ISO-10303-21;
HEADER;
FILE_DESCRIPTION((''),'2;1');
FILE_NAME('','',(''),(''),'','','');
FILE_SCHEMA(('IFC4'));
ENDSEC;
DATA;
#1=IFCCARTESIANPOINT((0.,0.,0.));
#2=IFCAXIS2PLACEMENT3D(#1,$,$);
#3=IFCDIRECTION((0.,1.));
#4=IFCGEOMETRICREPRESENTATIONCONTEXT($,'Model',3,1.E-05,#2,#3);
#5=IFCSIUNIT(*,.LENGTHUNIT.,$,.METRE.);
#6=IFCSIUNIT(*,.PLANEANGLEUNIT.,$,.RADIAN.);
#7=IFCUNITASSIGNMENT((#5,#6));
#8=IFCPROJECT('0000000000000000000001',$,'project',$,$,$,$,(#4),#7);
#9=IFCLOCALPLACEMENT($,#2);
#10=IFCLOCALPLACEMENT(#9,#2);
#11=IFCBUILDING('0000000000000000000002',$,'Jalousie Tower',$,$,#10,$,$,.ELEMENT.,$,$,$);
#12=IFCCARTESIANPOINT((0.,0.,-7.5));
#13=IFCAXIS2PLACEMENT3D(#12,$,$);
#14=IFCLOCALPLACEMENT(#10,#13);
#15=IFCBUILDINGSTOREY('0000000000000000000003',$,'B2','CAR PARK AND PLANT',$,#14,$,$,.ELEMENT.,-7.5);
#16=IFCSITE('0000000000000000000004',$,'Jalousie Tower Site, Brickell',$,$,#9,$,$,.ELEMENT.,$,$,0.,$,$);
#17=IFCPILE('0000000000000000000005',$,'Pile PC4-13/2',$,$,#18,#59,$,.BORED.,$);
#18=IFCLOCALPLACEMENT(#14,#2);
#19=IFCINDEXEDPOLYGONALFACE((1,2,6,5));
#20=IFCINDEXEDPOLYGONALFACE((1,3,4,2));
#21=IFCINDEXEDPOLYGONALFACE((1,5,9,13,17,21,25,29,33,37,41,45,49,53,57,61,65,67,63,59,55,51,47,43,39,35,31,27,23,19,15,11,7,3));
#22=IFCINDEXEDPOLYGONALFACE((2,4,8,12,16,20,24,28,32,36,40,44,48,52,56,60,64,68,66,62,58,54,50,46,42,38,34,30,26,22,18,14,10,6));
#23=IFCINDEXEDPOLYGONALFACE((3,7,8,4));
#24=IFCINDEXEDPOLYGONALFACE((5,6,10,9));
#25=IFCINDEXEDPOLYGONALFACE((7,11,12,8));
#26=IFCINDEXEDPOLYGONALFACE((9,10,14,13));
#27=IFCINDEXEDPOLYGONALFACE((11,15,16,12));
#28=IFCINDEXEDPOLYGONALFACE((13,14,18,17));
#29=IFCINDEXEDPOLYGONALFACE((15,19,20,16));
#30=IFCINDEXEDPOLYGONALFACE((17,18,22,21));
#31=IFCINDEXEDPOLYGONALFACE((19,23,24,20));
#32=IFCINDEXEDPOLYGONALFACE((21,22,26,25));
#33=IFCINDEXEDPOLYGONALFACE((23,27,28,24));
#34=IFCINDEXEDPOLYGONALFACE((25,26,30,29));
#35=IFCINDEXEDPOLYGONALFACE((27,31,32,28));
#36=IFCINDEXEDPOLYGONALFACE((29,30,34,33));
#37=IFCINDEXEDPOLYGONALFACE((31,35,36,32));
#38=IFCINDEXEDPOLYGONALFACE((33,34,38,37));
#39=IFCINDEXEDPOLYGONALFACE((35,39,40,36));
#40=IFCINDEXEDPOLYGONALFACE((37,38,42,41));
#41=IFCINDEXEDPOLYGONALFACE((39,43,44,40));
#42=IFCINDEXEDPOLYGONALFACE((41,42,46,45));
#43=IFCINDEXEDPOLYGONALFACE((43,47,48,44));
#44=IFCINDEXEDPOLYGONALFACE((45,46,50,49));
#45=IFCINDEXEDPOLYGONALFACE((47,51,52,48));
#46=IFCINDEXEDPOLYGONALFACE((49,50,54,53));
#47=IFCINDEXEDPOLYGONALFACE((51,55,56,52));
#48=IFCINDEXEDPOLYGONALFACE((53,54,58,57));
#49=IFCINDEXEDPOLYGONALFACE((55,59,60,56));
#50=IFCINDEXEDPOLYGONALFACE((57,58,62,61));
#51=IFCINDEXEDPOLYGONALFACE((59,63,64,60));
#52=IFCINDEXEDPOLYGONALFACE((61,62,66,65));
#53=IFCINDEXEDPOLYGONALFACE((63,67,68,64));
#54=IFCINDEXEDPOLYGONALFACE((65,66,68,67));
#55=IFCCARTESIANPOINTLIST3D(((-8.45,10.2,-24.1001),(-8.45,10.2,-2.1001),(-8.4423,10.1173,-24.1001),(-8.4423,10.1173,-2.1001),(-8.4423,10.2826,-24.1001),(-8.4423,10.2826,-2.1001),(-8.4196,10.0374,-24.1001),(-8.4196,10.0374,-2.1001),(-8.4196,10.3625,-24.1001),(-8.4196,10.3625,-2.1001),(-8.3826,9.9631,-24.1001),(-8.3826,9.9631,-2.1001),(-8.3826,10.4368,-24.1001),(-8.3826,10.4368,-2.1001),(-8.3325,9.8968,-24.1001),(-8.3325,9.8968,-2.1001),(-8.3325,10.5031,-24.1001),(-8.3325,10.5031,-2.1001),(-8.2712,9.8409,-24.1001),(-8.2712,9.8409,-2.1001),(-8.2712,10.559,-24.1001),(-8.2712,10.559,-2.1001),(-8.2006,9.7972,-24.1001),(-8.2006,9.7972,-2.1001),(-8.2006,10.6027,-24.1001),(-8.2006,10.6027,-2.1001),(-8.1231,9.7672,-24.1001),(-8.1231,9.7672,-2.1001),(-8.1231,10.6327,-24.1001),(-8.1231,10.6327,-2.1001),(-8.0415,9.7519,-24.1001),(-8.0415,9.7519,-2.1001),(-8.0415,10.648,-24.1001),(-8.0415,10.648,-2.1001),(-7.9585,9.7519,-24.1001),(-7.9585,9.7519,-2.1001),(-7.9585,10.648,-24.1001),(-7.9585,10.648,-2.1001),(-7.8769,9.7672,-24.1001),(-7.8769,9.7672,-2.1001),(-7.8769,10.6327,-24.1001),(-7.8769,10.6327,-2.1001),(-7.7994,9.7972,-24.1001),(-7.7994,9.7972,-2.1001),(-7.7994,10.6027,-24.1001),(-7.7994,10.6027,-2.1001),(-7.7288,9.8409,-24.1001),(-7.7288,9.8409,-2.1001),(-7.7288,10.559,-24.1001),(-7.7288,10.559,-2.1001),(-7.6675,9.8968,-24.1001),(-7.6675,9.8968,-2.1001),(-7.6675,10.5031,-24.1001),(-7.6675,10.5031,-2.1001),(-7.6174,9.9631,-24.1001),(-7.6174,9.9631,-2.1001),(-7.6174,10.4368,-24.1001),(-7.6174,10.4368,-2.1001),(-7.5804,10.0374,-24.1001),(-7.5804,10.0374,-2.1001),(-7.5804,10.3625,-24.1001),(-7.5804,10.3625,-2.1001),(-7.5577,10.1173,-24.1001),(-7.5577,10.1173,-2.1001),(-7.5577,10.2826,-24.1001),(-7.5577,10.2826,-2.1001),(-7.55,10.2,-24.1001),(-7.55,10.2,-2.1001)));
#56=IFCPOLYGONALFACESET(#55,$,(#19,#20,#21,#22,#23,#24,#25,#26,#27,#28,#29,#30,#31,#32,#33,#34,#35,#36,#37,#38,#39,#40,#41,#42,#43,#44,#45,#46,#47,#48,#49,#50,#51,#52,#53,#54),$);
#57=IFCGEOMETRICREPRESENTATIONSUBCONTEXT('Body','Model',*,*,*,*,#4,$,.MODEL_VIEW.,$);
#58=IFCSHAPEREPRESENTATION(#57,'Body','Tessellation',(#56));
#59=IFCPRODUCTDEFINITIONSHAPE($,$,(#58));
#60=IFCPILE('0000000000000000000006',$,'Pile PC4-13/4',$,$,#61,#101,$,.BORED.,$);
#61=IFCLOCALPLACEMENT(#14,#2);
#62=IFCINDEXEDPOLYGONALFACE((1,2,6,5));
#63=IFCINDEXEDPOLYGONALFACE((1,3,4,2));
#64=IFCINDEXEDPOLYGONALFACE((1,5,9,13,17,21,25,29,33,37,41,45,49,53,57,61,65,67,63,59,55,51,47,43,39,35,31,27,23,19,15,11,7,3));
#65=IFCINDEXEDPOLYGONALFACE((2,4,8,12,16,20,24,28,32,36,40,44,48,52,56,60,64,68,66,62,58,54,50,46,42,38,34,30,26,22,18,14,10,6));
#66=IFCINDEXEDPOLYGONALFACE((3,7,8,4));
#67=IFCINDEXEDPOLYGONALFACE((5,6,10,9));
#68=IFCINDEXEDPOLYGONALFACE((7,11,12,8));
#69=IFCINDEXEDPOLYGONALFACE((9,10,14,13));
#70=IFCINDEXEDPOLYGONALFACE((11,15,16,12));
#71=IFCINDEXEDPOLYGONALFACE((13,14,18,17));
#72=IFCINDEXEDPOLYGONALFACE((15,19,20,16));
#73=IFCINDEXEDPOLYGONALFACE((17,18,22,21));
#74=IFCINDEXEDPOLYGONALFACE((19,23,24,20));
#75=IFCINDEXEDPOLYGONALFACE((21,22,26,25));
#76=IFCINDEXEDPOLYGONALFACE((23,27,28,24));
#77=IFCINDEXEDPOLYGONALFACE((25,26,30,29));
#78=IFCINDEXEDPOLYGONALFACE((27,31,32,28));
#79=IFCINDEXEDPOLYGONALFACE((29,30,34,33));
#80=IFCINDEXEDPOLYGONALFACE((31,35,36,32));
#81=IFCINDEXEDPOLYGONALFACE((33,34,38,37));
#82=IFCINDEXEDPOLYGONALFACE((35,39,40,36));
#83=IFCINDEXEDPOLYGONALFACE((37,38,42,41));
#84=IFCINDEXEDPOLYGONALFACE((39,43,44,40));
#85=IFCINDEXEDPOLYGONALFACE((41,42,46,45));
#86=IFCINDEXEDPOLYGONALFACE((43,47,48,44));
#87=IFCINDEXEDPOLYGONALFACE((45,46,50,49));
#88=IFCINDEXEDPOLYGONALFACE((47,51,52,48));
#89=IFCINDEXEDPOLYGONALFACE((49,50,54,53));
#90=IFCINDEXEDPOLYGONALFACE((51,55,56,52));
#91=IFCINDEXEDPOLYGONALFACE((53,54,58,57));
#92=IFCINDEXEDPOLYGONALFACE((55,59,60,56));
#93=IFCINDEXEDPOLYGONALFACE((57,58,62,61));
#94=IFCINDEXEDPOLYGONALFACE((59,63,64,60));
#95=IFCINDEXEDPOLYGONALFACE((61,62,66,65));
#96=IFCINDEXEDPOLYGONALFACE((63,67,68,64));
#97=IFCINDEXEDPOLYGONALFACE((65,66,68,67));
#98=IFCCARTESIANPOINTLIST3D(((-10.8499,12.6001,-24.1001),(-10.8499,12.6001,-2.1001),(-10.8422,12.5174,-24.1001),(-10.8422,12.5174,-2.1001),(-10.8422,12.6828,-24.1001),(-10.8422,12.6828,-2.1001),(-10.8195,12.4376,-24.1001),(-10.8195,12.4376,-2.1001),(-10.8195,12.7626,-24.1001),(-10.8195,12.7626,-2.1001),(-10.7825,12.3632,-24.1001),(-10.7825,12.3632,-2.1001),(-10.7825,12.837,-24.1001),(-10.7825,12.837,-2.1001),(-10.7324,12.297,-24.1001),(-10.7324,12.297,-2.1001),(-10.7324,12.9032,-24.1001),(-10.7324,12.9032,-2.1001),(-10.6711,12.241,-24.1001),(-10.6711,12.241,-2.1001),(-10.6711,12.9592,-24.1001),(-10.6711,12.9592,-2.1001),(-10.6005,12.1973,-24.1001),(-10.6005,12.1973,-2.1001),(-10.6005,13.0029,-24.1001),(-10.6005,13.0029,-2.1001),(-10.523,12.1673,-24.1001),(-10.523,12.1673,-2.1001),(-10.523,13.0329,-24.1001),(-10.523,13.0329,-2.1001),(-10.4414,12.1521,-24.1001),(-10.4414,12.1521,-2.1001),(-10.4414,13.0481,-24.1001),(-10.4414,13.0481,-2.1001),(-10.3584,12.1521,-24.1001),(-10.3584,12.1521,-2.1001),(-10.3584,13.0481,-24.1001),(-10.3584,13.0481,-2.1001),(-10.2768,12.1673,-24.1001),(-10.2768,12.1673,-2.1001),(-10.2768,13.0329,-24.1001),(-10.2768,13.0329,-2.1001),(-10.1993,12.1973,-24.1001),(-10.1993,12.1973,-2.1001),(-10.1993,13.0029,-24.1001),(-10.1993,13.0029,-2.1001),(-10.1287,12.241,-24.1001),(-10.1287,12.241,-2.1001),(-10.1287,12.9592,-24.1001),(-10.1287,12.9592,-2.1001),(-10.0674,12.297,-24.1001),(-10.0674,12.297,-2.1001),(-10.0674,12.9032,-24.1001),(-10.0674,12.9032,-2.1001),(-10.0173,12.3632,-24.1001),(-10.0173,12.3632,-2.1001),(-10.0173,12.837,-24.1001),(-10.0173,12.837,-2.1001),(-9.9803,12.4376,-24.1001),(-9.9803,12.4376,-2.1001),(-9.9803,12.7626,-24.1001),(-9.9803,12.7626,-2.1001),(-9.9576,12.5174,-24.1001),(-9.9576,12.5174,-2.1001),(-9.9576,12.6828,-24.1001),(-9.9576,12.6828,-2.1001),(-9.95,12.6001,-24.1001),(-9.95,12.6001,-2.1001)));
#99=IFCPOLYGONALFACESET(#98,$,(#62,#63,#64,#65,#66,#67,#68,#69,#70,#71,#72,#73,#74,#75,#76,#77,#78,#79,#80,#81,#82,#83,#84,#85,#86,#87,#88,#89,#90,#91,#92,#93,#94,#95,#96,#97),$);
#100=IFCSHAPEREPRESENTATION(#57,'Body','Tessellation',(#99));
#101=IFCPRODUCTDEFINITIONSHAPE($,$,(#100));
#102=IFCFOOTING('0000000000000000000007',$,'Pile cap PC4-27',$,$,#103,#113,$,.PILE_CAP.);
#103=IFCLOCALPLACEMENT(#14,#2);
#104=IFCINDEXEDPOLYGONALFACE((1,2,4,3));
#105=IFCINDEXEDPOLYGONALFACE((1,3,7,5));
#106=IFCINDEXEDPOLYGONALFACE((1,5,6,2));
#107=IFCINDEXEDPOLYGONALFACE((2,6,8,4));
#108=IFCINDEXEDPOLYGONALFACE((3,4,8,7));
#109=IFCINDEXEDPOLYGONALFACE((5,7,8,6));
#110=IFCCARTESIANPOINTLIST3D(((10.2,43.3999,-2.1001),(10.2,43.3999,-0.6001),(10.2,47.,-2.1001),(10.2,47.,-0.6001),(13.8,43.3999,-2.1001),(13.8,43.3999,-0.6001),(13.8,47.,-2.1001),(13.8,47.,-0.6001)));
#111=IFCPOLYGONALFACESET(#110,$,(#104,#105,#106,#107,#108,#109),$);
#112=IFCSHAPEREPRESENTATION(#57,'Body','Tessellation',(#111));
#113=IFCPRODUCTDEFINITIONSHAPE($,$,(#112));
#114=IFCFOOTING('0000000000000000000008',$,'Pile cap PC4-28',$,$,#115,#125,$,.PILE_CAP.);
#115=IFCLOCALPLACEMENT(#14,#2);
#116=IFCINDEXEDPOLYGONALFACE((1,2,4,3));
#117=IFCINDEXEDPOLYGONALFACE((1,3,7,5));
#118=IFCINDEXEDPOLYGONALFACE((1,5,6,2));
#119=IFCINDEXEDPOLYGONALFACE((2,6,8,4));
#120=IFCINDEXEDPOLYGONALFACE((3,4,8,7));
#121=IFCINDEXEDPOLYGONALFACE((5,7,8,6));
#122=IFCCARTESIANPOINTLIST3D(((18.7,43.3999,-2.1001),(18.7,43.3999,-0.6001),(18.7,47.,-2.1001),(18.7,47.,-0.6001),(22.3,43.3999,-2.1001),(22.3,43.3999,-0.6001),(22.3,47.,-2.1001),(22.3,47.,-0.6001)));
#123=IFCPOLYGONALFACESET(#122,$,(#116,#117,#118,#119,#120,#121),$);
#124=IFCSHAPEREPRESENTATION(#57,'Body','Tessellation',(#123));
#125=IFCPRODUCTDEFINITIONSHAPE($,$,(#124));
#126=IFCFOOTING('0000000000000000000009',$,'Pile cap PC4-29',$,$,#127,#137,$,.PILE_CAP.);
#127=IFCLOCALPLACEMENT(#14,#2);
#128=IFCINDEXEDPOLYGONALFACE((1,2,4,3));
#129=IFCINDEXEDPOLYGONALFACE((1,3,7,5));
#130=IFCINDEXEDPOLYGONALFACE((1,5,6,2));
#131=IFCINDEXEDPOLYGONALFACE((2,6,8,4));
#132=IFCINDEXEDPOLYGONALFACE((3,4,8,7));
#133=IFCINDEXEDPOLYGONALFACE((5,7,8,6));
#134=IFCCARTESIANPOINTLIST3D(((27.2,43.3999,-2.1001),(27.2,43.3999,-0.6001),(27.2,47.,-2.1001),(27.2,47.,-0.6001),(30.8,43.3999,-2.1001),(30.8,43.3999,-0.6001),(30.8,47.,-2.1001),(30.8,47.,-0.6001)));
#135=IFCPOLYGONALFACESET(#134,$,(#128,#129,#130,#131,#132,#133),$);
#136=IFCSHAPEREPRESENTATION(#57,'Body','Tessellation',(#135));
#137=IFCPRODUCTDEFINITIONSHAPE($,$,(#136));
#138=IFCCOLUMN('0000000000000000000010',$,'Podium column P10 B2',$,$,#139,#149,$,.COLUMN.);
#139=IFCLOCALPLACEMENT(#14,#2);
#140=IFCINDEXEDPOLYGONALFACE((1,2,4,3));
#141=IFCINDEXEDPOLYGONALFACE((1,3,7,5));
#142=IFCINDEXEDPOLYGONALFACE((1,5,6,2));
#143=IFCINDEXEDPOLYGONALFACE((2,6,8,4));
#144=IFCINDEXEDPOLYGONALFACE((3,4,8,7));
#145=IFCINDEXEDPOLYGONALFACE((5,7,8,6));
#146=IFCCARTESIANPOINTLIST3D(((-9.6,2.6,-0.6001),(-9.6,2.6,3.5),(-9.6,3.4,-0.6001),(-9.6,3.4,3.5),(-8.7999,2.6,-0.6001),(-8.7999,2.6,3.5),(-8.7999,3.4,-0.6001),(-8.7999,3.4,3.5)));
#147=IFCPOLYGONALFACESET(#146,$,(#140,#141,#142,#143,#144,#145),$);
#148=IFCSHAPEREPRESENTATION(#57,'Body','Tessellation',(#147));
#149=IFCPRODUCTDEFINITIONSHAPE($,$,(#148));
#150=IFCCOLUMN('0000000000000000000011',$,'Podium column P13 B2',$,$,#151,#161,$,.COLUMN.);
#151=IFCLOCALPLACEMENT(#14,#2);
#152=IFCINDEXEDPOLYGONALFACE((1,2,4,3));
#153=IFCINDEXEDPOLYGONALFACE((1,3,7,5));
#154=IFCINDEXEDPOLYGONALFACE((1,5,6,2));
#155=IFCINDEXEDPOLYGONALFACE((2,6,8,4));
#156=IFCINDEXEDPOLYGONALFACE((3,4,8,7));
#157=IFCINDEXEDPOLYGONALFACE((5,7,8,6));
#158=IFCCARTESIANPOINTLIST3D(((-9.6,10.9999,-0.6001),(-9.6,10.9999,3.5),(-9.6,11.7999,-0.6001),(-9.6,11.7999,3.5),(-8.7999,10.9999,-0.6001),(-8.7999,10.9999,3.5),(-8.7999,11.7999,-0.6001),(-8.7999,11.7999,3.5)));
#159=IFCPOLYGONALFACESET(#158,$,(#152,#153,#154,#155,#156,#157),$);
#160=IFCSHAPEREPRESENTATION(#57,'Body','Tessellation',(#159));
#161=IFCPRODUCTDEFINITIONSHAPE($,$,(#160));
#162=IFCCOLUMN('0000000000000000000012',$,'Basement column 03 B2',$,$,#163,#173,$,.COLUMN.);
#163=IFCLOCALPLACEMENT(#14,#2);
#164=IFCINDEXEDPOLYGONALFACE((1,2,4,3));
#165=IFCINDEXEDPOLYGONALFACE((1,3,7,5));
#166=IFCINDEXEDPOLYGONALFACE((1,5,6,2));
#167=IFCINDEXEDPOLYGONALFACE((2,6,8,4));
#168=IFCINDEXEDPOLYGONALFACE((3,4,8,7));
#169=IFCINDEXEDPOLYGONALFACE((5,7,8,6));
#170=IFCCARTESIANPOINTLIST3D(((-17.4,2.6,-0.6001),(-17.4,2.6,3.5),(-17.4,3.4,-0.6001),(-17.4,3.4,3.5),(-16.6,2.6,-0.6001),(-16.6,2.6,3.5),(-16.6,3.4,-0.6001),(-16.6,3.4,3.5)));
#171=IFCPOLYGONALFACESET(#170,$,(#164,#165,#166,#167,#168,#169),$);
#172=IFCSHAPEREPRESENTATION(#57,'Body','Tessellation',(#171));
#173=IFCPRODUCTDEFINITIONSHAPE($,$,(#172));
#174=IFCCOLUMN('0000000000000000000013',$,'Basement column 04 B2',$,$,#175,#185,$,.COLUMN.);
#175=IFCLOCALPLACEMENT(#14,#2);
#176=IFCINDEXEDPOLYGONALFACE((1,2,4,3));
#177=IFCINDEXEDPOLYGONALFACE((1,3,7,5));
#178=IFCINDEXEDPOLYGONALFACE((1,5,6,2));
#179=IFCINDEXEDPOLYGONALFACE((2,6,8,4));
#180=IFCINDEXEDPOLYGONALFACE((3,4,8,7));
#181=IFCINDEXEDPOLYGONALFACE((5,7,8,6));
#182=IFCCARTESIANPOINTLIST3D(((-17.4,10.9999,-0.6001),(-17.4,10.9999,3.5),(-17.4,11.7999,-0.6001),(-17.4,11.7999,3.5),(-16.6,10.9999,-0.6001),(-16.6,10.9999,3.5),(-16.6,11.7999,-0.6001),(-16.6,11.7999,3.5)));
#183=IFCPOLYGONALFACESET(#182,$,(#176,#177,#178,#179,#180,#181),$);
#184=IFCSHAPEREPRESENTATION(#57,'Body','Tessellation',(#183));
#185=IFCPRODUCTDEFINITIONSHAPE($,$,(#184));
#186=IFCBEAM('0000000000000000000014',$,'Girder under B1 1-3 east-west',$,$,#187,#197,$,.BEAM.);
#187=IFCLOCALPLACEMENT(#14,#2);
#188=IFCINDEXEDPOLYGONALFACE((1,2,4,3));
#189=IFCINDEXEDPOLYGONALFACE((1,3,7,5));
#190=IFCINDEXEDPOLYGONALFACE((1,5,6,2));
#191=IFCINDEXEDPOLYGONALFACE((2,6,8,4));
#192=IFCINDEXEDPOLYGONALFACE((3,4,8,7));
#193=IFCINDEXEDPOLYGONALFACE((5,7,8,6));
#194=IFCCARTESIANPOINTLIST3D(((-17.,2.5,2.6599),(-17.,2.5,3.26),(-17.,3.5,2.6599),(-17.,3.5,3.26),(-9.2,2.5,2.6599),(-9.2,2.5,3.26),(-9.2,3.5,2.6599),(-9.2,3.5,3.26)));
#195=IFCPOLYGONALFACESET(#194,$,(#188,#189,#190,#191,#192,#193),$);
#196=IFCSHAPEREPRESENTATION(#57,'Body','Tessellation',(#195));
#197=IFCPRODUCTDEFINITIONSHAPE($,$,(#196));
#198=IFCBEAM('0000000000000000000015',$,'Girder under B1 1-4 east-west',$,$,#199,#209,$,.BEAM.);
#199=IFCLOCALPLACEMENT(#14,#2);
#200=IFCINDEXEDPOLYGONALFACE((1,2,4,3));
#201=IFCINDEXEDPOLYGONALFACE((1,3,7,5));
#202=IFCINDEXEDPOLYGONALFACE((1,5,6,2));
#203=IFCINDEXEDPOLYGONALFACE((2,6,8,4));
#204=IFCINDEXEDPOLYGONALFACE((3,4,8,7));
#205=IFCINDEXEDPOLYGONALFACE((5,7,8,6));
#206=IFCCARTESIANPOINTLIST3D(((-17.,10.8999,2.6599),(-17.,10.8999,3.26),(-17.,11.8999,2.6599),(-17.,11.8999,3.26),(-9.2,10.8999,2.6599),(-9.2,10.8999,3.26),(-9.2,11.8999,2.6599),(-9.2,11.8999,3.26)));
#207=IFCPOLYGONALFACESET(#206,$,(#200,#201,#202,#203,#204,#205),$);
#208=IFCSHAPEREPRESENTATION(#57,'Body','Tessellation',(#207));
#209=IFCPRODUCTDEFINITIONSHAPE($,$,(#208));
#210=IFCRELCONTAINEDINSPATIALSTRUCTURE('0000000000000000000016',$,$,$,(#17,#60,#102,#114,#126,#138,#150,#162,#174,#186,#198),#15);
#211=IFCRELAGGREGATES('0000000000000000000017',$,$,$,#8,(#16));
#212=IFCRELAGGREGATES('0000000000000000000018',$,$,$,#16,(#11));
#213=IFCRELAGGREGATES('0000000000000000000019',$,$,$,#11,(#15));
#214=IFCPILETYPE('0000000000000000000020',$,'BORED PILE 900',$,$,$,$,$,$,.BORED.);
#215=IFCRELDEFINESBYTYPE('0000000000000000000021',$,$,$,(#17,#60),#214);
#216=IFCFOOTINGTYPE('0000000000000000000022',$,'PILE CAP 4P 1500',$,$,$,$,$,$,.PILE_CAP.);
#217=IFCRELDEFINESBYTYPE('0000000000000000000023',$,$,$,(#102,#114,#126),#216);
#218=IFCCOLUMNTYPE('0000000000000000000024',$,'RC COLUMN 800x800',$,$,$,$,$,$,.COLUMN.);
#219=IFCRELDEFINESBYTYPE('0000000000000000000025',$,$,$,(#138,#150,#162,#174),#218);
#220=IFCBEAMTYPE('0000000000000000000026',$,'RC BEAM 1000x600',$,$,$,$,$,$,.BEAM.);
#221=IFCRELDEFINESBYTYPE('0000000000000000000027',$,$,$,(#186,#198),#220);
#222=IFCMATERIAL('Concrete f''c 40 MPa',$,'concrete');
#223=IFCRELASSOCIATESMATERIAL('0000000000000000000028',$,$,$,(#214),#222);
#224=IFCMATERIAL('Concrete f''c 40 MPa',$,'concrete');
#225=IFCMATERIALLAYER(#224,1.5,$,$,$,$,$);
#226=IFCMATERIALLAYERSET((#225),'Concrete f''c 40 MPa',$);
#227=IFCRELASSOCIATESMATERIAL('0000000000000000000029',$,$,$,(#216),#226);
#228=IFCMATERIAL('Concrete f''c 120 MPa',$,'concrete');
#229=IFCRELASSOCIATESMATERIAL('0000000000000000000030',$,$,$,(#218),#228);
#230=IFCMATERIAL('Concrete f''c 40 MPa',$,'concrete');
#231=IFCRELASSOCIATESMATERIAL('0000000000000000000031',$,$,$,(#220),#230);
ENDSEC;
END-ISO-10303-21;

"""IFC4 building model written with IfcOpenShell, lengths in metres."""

from ifc_helpers import new_model, si_unit, direction, frame, origin, origin_2d, place, context, subcontext, project, spatial, polyline, rectangle, circle, outline, extrude, material, layer, layer_set, material_profile, profile_set, type_object, element, save


model = new_model("IFC4")

# Units and contexts
model_context = context("Model", 3, precision=1e-05, world=origin(), true_north=direction((0.0, 1.0)))
body_context = subcontext(model_context, "Body", "Model", "MODEL_VIEW")
ifc_project = project(units=[si_unit("LENGTHUNIT", "METRE"), si_unit("PLANEANGLEUNIT", "RADIAN")], contexts=[model_context])

# Site, building, storey
site_placement = place(None, origin())
site = spatial("IfcSite", under=ifc_project, at=site_placement, Name="Jalousie Tower Site, Brickell", CompositionType="ELEMENT", RefElevation=0.0)
building_placement = place(site_placement, origin())
building = spatial("IfcBuilding", under=site, at=building_placement, Name="Jalousie Tower", CompositionType="ELEMENT")
storey_placement = place(building_placement, frame((0.0, 0.0, -7.5)))
storey = spatial("IfcBuildingStorey", under=building, at=storey_placement, Name="B2", Description="CAR PARK AND PLANT", CompositionType="ELEMENT", Elevation=-7.5)

# Piles
ifc_material_1 = material(Name="Concrete f'c 40 MPa", Category="concrete")
ifc_material_profile_1 = material_profile(ifc_material_1, circle(Radius=0.45, at=origin_2d()), Name="BORED PILE D900")
ifc_profile_set_1 = profile_set([ifc_material_profile_1], Name="Concrete f'c 40 MPa")
pile_type_1 = type_object("IfcPileType", Name="BORED PILE 900", PredefinedType="BORED", material=ifc_profile_set_1)
for number, where, z_axis, x_axis, name in (
    (1, (-8.0, 10.2, -2.1001), (0.0, 0.0, -1.0), (1.0, 0.0, 0.0), "Pile PC4-13/2"),
    (2, (-10.3999, 12.6001, -2.1001), (0.0, 0.0, -1.0), (1.0, 0.0, 0.0), "Pile PC4-13/4"),
):
    element("IfcPile", number, at=place(storey_placement, frame(where, z_axis=z_axis, x_axis=x_axis)), inside=storey, type_object=pile_type_1, Name=name, PredefinedType="BORED", context=body_context, shape_type="SweptSolid", body=[
        extrude(circle(Radius=0.45, at=origin_2d()), origin(), (0.0, 0.0, 1.0), 22.0),
    ])

# Footings
ifc_material_2 = material(Name="Concrete f'c 40 MPa", Category="concrete")
ifc_layer = layer(ifc_material_2, 1.5)
ifc_layer_set = layer_set([ifc_layer], Name="Concrete f'c 40 MPa")
footing_type = type_object("IfcFootingType", Name="PILE CAP 4P 1500", PredefinedType="PILE_CAP", material=ifc_layer_set)
footing_1_placement = place(storey_placement, frame((0.0, 0.0, -2.1001)))
element("IfcFooting", 3, at=footing_1_placement, inside=storey, type_object=footing_type, Name="Pile cap PC4-27", PredefinedType="PILE_CAP", context=body_context, shape_type="SweptSolid", body=[
    extrude(outline(polyline([(10.2, 43.3999), (13.8, 43.3999), (13.8, 47.0), (10.2, 47.0), (10.2, 43.3999)])), origin(), (0.0, 0.0, 1.0), 1.5),
])
footing_2_placement = place(storey_placement, frame((0.0, 0.0, -2.1001)))
element("IfcFooting", 4, at=footing_2_placement, inside=storey, type_object=footing_type, Name="Pile cap PC4-28", PredefinedType="PILE_CAP", context=body_context, shape_type="SweptSolid", body=[
    extrude(outline(polyline([(18.7, 43.3999), (22.3, 43.3999), (22.3, 47.0), (18.7, 47.0), (18.7, 43.3999)])), origin(), (0.0, 0.0, 1.0), 1.5),
])
footing_3_placement = place(storey_placement, frame((0.0, 0.0, -2.1001)))
element("IfcFooting", 5, at=footing_3_placement, inside=storey, type_object=footing_type, Name="Pile cap PC4-29", PredefinedType="PILE_CAP", context=body_context, shape_type="SweptSolid", body=[
    extrude(outline(polyline([(27.2, 43.3999), (30.8, 43.3999), (30.8, 47.0), (27.2, 47.0), (27.2, 43.3999)])), origin(), (0.0, 0.0, 1.0), 1.5),
])

# Columns
ifc_material_3 = material(Name="Concrete f'c 120 MPa", Category="concrete")
ifc_material_profile_2 = material_profile(ifc_material_3, rectangle(XDim=0.8, YDim=0.8, at=origin_2d()), Name="RC 800x800")
ifc_profile_set_2 = profile_set([ifc_material_profile_2], Name="Concrete f'c 120 MPa")
column_type = type_object("IfcColumnType", Name="RC COLUMN 800x800", PredefinedType="COLUMN", material=ifc_profile_set_2)
for number, where, z_axis, x_axis, name in (
    (6, (-9.2, 3.0, -0.6001), (0.0, 0.0, 1.0), (1.0, 0.0, 0.0), "Podium column P10 B2"),
    (7, (-9.2, 11.3999, -0.6001), (0.0, 0.0, 1.0), (1.0, 0.0, 0.0), "Podium column P13 B2"),
    (8, (-17.0, 3.0, -0.6001), (0.0, 0.0, 1.0), (1.0, 0.0, 0.0), "Basement column 03 B2"),
    (9, (-17.0, 11.3999, -0.6001), (0.0, 0.0, 1.0), (1.0, 0.0, 0.0), "Basement column 04 B2"),
):
    element("IfcColumn", number, at=place(storey_placement, frame(where, z_axis=z_axis, x_axis=x_axis)), inside=storey, type_object=column_type, Name=name, PredefinedType="COLUMN", context=body_context, shape_type="SweptSolid", body=[
        extrude(rectangle(XDim=0.8, YDim=0.8, at=origin_2d()), origin(), (0.0, 0.0, 1.0), 4.1001),
    ])

# Beams
ifc_material_4 = material(Name="Concrete f'c 40 MPa", Category="concrete")
ifc_material_profile_3 = material_profile(ifc_material_4, rectangle(XDim=1.0, YDim=0.6001, at=origin_2d()), Name="RC 1000x600")
ifc_profile_set_3 = profile_set([ifc_material_profile_3], Name="Concrete f'c 40 MPa")
beam_type_1 = type_object("IfcBeamType", Name="RC BEAM 1000x600", PredefinedType="BEAM", material=ifc_profile_set_3)
for number, where, z_axis, x_axis, name in (
    (10, (-17.0, 3.0, 2.96), (1.0, 0.0, 0.0), (0.0, 1.0, 0.0), "Girder under B1 1-3 east-west"),
    (11, (-17.0, 11.3999, 2.96), (1.0, 0.0, 0.0), (0.0, 1.0, 0.0), "Girder under B1 1-4 east-west"),
):
    element("IfcBeam", number, at=place(storey_placement, frame(where, z_axis=z_axis, x_axis=x_axis)), inside=storey, type_object=beam_type_1, Name=name, PredefinedType="BEAM", context=body_context, shape_type="SweptSolid", body=[
        extrude(rectangle(XDim=1.0, YDim=0.6001, at=origin_2d()), origin(), (0.0, 0.0, 1.0), 7.8),
    ])

save(model, "model.ifc")
